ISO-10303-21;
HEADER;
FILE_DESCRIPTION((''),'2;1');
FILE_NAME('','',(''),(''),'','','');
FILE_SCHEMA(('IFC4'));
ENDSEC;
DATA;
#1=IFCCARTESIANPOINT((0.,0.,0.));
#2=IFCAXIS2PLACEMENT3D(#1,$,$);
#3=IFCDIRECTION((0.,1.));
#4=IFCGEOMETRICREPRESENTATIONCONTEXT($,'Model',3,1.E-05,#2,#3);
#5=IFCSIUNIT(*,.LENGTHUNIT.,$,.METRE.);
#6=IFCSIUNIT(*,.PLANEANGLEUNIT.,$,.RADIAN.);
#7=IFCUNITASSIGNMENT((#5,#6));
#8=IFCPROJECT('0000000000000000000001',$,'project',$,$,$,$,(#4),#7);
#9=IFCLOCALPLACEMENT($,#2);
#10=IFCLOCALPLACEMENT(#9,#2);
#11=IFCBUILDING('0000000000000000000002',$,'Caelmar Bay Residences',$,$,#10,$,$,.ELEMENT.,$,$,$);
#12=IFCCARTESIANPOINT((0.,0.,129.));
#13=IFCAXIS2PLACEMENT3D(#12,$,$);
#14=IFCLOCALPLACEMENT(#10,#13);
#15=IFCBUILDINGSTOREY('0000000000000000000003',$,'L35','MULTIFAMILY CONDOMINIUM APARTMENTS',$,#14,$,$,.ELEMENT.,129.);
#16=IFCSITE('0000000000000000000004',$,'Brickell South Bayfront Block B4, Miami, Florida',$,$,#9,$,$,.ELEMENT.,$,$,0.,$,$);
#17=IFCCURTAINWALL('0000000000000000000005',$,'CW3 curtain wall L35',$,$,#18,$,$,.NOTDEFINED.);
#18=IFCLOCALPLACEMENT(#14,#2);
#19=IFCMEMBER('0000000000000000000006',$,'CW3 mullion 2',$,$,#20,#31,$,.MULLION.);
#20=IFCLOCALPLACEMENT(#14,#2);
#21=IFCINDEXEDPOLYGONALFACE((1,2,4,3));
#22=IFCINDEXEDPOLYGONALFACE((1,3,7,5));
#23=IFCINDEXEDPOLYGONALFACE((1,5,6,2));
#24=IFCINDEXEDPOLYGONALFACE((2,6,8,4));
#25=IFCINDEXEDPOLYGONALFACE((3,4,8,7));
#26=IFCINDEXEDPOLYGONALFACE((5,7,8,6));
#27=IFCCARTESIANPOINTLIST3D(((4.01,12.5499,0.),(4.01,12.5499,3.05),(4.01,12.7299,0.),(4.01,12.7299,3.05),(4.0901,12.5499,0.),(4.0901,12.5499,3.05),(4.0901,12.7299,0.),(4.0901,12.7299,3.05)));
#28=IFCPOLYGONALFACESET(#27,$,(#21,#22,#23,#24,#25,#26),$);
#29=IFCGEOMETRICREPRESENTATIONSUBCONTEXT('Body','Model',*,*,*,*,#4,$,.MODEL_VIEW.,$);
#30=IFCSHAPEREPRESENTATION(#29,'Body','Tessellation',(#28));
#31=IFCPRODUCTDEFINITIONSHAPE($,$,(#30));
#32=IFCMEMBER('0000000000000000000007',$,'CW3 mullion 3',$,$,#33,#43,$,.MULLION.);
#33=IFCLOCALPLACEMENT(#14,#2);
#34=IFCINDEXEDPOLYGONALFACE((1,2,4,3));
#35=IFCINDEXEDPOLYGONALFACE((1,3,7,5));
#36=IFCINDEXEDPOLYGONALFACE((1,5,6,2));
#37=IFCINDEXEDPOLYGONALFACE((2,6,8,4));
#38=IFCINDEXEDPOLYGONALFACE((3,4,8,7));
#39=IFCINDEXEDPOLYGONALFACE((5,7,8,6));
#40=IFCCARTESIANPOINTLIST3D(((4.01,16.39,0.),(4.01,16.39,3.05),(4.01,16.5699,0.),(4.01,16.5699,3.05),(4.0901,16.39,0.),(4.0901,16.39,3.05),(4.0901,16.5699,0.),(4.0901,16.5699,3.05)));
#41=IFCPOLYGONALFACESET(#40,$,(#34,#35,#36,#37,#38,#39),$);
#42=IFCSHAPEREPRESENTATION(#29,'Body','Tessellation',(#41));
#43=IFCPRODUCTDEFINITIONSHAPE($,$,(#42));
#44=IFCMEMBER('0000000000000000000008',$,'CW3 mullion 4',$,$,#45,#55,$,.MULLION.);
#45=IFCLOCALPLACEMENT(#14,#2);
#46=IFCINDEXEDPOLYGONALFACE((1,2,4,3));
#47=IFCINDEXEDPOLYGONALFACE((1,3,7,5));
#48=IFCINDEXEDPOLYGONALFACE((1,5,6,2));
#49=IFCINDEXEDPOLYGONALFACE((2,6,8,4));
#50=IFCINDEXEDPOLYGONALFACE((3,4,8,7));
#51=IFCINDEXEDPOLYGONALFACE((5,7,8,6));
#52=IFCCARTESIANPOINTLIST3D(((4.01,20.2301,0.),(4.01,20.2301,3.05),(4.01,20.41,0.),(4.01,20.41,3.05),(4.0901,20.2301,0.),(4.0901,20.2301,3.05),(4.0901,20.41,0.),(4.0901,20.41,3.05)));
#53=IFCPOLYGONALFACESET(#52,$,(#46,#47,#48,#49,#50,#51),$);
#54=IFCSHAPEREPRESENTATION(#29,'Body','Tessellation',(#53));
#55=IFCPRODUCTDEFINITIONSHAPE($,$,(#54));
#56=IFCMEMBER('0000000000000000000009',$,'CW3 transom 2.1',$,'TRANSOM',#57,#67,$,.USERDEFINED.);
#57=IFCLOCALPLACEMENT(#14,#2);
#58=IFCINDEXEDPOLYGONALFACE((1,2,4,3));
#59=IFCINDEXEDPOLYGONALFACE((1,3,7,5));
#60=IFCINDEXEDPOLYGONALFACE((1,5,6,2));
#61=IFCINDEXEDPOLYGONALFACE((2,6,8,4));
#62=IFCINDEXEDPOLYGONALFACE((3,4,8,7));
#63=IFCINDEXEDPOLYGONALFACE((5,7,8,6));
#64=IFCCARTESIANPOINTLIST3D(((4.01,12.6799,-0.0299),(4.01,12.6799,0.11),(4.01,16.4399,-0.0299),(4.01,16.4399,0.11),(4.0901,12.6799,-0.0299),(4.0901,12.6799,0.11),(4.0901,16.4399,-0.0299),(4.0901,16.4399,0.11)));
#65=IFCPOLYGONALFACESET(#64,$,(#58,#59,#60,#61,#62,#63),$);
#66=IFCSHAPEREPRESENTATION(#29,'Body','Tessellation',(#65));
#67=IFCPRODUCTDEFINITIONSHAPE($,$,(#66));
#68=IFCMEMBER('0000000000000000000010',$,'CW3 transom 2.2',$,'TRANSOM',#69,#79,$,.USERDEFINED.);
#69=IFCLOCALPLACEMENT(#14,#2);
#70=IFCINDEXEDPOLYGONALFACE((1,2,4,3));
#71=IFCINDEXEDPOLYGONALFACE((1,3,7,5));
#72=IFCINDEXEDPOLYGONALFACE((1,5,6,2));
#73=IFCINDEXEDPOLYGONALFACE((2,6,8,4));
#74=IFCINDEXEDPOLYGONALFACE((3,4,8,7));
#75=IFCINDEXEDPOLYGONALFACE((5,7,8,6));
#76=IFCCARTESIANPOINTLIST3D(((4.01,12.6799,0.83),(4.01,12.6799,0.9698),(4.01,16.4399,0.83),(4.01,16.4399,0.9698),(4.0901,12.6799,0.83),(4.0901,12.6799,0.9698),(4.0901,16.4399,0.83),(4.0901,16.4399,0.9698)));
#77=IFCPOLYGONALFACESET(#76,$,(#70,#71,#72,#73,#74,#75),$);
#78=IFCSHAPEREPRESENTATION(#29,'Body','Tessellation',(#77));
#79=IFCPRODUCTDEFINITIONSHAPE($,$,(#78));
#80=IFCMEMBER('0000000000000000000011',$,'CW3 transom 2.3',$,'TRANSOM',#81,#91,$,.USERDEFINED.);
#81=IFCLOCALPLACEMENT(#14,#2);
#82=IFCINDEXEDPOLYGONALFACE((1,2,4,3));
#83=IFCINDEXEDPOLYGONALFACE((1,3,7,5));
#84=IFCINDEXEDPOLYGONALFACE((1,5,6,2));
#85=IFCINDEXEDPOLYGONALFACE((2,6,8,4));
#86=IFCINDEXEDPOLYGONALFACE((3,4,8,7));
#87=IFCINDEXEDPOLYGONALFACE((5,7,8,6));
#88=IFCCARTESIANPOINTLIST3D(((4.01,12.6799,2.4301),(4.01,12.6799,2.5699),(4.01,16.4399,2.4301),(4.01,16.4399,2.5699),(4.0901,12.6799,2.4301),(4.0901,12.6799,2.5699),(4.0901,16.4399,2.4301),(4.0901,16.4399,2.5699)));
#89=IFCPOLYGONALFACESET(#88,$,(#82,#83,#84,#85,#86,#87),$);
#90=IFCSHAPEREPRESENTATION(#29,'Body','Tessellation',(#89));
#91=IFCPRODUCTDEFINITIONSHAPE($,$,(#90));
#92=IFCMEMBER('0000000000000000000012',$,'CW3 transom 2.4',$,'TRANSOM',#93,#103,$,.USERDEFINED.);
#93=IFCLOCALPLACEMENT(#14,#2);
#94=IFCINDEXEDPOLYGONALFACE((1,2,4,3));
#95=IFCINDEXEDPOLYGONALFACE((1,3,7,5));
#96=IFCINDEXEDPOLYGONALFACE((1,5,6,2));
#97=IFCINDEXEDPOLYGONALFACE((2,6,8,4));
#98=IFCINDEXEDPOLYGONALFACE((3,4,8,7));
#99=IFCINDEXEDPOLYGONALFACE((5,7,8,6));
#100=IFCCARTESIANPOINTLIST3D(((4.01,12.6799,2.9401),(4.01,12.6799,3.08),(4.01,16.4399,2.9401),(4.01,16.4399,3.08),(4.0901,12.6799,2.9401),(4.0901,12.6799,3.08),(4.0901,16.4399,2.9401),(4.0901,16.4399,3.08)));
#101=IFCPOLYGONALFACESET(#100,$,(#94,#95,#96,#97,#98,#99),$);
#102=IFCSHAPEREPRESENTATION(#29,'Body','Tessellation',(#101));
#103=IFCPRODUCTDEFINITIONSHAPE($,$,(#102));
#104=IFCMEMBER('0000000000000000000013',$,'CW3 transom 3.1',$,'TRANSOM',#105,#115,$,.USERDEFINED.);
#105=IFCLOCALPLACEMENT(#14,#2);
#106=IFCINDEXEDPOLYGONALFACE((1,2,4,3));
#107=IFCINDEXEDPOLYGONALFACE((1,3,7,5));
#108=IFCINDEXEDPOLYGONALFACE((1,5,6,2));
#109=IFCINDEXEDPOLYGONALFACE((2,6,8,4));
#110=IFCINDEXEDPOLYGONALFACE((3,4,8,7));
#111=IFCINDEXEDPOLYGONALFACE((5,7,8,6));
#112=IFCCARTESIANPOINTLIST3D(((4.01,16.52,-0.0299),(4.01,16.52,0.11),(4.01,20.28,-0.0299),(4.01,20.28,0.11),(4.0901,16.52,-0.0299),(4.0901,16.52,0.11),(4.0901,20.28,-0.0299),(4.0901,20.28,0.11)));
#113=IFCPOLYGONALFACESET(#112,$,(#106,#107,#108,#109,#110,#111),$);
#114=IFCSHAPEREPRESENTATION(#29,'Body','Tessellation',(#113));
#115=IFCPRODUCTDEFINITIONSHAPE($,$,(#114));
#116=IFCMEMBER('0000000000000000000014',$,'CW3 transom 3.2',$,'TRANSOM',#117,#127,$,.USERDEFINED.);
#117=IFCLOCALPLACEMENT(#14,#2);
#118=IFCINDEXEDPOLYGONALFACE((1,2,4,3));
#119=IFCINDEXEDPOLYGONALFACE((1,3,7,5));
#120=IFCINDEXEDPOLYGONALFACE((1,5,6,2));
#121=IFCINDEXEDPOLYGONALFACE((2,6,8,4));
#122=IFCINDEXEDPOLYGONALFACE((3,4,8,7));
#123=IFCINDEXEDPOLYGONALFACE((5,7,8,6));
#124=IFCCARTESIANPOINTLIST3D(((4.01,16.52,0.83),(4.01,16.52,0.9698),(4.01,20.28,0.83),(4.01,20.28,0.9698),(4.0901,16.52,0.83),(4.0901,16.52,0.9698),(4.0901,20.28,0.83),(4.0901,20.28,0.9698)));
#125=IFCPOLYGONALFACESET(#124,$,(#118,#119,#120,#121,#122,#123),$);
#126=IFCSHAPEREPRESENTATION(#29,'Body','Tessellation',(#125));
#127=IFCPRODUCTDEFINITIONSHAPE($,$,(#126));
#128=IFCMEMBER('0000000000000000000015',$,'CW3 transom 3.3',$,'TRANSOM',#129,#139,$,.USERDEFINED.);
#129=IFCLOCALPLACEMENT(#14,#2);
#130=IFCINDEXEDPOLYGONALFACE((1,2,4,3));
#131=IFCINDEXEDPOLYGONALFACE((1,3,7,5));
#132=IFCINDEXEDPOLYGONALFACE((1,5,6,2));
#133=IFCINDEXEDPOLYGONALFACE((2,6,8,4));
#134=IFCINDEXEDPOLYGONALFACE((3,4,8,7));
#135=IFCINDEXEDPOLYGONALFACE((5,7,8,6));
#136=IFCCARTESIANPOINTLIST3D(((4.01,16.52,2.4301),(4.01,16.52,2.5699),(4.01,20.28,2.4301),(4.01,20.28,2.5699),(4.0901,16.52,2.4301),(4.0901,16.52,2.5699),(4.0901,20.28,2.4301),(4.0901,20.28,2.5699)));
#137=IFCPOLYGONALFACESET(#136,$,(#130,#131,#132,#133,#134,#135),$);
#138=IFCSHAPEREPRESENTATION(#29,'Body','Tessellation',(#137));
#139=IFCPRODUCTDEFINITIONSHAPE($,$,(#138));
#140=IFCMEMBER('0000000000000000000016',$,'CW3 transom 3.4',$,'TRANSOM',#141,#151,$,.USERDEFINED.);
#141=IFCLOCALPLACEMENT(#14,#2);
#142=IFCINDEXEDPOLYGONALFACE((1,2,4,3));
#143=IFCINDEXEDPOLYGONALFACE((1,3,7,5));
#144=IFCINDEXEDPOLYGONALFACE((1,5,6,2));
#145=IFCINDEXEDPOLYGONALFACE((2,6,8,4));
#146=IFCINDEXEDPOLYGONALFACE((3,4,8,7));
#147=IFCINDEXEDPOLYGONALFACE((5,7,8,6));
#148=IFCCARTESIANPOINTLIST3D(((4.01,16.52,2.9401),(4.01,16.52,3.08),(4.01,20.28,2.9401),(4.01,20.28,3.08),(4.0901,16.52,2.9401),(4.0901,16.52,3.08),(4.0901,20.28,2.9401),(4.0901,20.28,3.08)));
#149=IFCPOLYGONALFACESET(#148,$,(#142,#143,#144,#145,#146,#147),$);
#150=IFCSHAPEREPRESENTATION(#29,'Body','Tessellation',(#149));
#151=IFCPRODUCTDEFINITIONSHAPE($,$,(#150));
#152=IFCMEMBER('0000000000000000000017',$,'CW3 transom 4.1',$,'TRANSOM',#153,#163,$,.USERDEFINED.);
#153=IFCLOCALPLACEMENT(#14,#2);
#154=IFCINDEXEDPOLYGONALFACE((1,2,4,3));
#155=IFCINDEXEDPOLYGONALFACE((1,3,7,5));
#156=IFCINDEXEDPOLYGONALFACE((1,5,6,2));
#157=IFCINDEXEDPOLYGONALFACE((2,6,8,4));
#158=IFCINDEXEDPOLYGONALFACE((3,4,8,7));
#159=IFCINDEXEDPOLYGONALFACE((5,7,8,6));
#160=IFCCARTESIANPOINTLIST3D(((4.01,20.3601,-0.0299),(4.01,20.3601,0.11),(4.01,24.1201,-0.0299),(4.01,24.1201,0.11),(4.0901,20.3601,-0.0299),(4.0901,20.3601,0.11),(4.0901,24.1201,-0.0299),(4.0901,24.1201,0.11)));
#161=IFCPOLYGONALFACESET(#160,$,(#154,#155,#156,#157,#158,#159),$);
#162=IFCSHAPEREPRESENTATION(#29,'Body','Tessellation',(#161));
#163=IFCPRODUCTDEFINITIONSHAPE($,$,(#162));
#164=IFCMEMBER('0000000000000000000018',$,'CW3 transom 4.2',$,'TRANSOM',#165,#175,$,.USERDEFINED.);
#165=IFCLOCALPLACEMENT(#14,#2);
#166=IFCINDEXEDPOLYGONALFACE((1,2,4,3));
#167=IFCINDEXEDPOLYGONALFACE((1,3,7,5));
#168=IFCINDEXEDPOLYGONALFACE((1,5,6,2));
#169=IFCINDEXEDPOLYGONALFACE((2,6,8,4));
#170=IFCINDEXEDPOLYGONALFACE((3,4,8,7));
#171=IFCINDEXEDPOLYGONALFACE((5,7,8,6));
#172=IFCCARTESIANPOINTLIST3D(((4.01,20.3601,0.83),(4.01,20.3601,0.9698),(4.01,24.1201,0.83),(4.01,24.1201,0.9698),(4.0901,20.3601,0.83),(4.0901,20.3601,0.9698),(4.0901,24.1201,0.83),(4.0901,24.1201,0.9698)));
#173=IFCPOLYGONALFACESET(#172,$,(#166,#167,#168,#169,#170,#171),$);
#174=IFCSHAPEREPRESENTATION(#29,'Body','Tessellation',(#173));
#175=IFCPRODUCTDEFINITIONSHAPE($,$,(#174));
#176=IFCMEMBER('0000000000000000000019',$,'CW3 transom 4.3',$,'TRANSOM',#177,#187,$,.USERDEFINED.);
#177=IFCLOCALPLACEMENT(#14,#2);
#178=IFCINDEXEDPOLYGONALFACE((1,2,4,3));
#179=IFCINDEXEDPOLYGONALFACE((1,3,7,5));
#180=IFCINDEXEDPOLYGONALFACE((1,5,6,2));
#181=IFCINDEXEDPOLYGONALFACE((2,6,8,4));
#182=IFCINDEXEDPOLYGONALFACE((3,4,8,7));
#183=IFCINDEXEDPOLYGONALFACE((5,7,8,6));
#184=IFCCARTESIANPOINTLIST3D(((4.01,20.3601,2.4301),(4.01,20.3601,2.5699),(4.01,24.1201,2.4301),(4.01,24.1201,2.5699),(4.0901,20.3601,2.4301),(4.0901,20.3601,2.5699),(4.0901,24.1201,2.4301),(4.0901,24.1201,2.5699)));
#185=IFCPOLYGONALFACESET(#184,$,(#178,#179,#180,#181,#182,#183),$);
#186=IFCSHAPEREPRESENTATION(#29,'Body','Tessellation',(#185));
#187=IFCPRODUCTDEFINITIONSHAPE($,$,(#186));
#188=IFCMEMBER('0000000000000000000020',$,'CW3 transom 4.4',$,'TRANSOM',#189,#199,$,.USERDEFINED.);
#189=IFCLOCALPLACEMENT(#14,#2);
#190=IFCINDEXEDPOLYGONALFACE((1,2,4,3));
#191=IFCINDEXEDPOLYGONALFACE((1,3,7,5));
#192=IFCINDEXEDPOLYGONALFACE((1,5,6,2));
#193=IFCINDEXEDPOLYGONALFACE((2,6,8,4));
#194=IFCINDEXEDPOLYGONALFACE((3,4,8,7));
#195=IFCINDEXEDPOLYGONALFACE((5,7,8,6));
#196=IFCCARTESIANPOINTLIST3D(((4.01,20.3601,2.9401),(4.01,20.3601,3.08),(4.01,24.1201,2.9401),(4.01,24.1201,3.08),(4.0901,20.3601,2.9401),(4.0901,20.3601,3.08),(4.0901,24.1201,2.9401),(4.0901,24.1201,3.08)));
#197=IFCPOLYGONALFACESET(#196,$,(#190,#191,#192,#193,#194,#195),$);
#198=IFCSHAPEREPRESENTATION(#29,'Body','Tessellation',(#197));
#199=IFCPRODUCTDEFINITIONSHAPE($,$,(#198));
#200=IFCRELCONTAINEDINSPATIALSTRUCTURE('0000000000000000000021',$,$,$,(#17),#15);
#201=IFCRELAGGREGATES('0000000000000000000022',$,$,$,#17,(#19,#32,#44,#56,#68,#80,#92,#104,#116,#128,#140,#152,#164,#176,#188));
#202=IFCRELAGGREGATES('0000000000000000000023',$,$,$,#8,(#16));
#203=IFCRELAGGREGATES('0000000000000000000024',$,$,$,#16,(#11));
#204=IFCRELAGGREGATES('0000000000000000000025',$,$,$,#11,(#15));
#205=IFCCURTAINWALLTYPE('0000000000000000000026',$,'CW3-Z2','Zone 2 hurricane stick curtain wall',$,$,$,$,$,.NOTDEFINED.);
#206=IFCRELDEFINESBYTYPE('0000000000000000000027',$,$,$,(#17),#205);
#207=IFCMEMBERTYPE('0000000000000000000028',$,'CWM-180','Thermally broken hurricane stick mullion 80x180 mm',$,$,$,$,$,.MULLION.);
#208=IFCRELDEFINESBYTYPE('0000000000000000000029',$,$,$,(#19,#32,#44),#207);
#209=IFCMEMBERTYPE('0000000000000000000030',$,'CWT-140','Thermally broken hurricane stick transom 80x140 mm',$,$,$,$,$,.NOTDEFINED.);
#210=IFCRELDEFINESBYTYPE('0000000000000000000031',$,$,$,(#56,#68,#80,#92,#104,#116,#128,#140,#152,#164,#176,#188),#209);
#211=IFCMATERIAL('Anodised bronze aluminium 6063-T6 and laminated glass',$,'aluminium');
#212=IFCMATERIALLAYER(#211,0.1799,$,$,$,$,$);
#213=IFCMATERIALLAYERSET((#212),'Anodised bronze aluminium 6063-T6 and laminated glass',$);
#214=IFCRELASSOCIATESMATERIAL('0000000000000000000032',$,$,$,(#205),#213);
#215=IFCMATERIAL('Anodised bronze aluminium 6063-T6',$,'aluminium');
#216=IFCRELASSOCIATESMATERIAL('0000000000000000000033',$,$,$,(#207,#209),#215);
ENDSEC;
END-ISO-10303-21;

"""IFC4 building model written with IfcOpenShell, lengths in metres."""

from ifc_helpers import new_model, si_unit, direction, frame, origin, origin_2d, place, context, subcontext, project, spatial, rectangle, extrude, material, layer, layer_set, material_profile, profile_set, type_object, element, aggregate, save


model = new_model("IFC4")

# Units and contexts
model_context = context("Model", 3, precision=1e-05, world=origin(), true_north=direction((0.0, 1.0)))
body_context = subcontext(model_context, "Body", "Model", "MODEL_VIEW")
ifc_project = project(units=[si_unit("LENGTHUNIT", "METRE"), si_unit("PLANEANGLEUNIT", "RADIAN")], contexts=[model_context])

# Site, building, storey
site_placement = place(None, origin())
site = spatial("IfcSite", under=ifc_project, at=site_placement, Name="Brickell South Bayfront Block B4, Miami, Florida", CompositionType="ELEMENT", RefElevation=0.0)
building_placement = place(site_placement, origin())
building = spatial("IfcBuilding", under=site, at=building_placement, Name="Caelmar Bay Residences", CompositionType="ELEMENT")
storey_placement = place(building_placement, frame((0.0, 0.0, 129.0)))
storey = spatial("IfcBuildingStorey", under=building, at=storey_placement, Name="L35", Description="MULTIFAMILY CONDOMINIUM APARTMENTS", CompositionType="ELEMENT", Elevation=129.0)

# Curtain wall, members
ifc_material_1 = material(Name="Anodised bronze aluminium 6063-T6 and laminated glass", Category="aluminium")
ifc_layer_1 = layer(ifc_material_1, 0.1799)
ifc_layer_set_1 = layer_set([ifc_layer_1], Name="Anodised bronze aluminium 6063-T6 and laminated glass")
curtain_wall_type = type_object("IfcCurtainWallType", Name="CW3-Z2", Description="Zone 2 hurricane stick curtain wall", PredefinedType="NOTDEFINED", material=ifc_layer_set_1)
curtain_wall_placement = place(storey_placement, origin())
curtain_wall = element("IfcCurtainWall", 1, at=curtain_wall_placement, inside=storey, type_object=curtain_wall_type, Name="CW3 curtain wall L35", PredefinedType="NOTDEFINED")
ifc_material_2 = material(Name="Anodised bronze aluminium 6063-T6", Category="aluminium")
ifc_material_profile_1 = material_profile(ifc_material_2, rectangle(XDim=0.0801, YDim=0.1799, at=origin_2d()), Name="CWM-80X180")
ifc_profile_set_1 = profile_set([ifc_material_profile_1], Name="Anodised bronze aluminium 6063-T6")
member_type_1 = type_object("IfcMemberType", Name="CWM-180", Description="Thermally broken hurricane stick mullion 80x180 mm", PredefinedType="MULLION", material=ifc_profile_set_1)
member_1_placement = place(storey_placement, frame((4.05, 12.6399, 0.0), z_axis=(0.0, 0.0, 1.0), x_axis=(-1.0, 0.0, 0.0)))
member_1 = element("IfcMember", 2, at=member_1_placement, type_object=member_type_1, Name="CW3 mullion 2", PredefinedType="MULLION", context=body_context, shape_type="SweptSolid", body=[
    extrude(rectangle(XDim=0.0801, YDim=0.1799, at=origin_2d()), origin(), (0.0, 0.0, 1.0), 3.05),
])
member_2_placement = place(storey_placement, frame((4.05, 16.48, 0.0), z_axis=(0.0, 0.0, 1.0), x_axis=(-1.0, 0.0, 0.0)))
member_2 = element("IfcMember", 3, at=member_2_placement, type_object=member_type_1, Name="CW3 mullion 3", PredefinedType="MULLION", context=body_context, shape_type="SweptSolid", body=[
    extrude(rectangle(XDim=0.0801, YDim=0.1799, at=origin_2d()), origin(), (0.0, 0.0, 1.0), 3.05),
])
member_3_placement = place(storey_placement, frame((4.05, 20.3201, 0.0), z_axis=(0.0, 0.0, 1.0), x_axis=(-1.0, 0.0, 0.0)))
member_3 = element("IfcMember", 4, at=member_3_placement, type_object=member_type_1, Name="CW3 mullion 4", PredefinedType="MULLION", context=body_context, shape_type="SweptSolid", body=[
    extrude(rectangle(XDim=0.0801, YDim=0.1799, at=origin_2d()), origin(), (0.0, 0.0, 1.0), 3.05),
])
ifc_material_profile_2 = material_profile(ifc_material_2, rectangle(XDim=0.0801, YDim=0.1399, at=origin_2d()), Name="CWT-80X140")
ifc_profile_set_2 = profile_set([ifc_material_profile_2], Name="Anodised bronze aluminium 6063-T6")
member_type_2 = type_object("IfcMemberType", Name="CWT-140", Description="Thermally broken hurricane stick transom 80x140 mm", PredefinedType="NOTDEFINED", material=ifc_profile_set_2)
member_4_placement = place(storey_placement, frame((4.05, 12.6799, 0.04), z_axis=(0.0, 1.0, 0.0), x_axis=(-1.0, 0.0, 0.0)))
member_4 = element("IfcMember", 5, at=member_4_placement, type_object=member_type_2, Name="CW3 transom 2.1", ObjectType="TRANSOM", PredefinedType="USERDEFINED", context=body_context, shape_type="SweptSolid", body=[
    extrude(rectangle(XDim=0.0801, YDim=0.1399, at=origin_2d()), origin(), (0.0, 0.0, 1.0), 3.76),
])
member_5_placement = place(storey_placement, frame((4.05, 12.6799, 0.8999), z_axis=(0.0, 1.0, 0.0), x_axis=(-1.0, 0.0, 0.0)))
member_5 = element("IfcMember", 6, at=member_5_placement, type_object=member_type_2, Name="CW3 transom 2.2", ObjectType="TRANSOM", PredefinedType="USERDEFINED", context=body_context, shape_type="SweptSolid", body=[
    extrude(rectangle(XDim=0.0801, YDim=0.1399, at=origin_2d()), origin(), (0.0, 0.0, 1.0), 3.76),
])
member_6_placement = place(storey_placement, frame((4.05, 12.6799, 2.5), z_axis=(0.0, 1.0, 0.0), x_axis=(-1.0, 0.0, 0.0)))
member_6 = element("IfcMember", 7, at=member_6_placement, type_object=member_type_2, Name="CW3 transom 2.3", ObjectType="TRANSOM", PredefinedType="USERDEFINED", context=body_context, shape_type="SweptSolid", body=[
    extrude(rectangle(XDim=0.0801, YDim=0.1399, at=origin_2d()), origin(), (0.0, 0.0, 1.0), 3.76),
])
member_7_placement = place(storey_placement, frame((4.05, 12.6799, 3.01), z_axis=(0.0, 1.0, 0.0), x_axis=(-1.0, 0.0, 0.0)))
member_7 = element("IfcMember", 8, at=member_7_placement, type_object=member_type_2, Name="CW3 transom 2.4", ObjectType="TRANSOM", PredefinedType="USERDEFINED", context=body_context, shape_type="SweptSolid", body=[
    extrude(rectangle(XDim=0.0801, YDim=0.1399, at=origin_2d()), origin(), (0.0, 0.0, 1.0), 3.76),
])
member_8_placement = place(storey_placement, frame((4.05, 16.52, 0.04), z_axis=(0.0, 1.0, 0.0), x_axis=(-1.0, 0.0, 0.0)))
member_8 = element("IfcMember", 9, at=member_8_placement, type_object=member_type_2, Name="CW3 transom 3.1", ObjectType="TRANSOM", PredefinedType="USERDEFINED", context=body_context, shape_type="SweptSolid", body=[
    extrude(rectangle(XDim=0.0801, YDim=0.1399, at=origin_2d()), origin(), (0.0, 0.0, 1.0), 3.76),
])
member_9_placement = place(storey_placement, frame((4.05, 16.52, 0.8999), z_axis=(0.0, 1.0, 0.0), x_axis=(-1.0, 0.0, 0.0)))
member_9 = element("IfcMember", 10, at=member_9_placement, type_object=member_type_2, Name="CW3 transom 3.2", ObjectType="TRANSOM", PredefinedType="USERDEFINED", context=body_context, shape_type="SweptSolid", body=[
    extrude(rectangle(XDim=0.0801, YDim=0.1399, at=origin_2d()), origin(), (0.0, 0.0, 1.0), 3.76),
])
member_10_placement = place(storey_placement, frame((4.05, 16.52, 2.5), z_axis=(0.0, 1.0, 0.0), x_axis=(-1.0, 0.0, 0.0)))
member_10 = element("IfcMember", 11, at=member_10_placement, type_object=member_type_2, Name="CW3 transom 3.3", ObjectType="TRANSOM", PredefinedType="USERDEFINED", context=body_context, shape_type="SweptSolid", body=[
    extrude(rectangle(XDim=0.0801, YDim=0.1399, at=origin_2d()), origin(), (0.0, 0.0, 1.0), 3.76),
])
member_11_placement = place(storey_placement, frame((4.05, 16.52, 3.01), z_axis=(0.0, 1.0, 0.0), x_axis=(-1.0, 0.0, 0.0)))
member_11 = element("IfcMember", 12, at=member_11_placement, type_object=member_type_2, Name="CW3 transom 3.4", ObjectType="TRANSOM", PredefinedType="USERDEFINED", context=body_context, shape_type="SweptSolid", body=[
    extrude(rectangle(XDim=0.0801, YDim=0.1399, at=origin_2d()), origin(), (0.0, 0.0, 1.0), 3.76),
])
member_12_placement = place(storey_placement, frame((4.05, 20.3601, 0.04), z_axis=(0.0, 1.0, 0.0), x_axis=(-1.0, 0.0, 0.0)))
member_12 = element("IfcMember", 13, at=member_12_placement, type_object=member_type_2, Name="CW3 transom 4.1", ObjectType="TRANSOM", PredefinedType="USERDEFINED", context=body_context, shape_type="SweptSolid", body=[
    extrude(rectangle(XDim=0.0801, YDim=0.1399, at=origin_2d()), origin(), (0.0, 0.0, 1.0), 3.76),
])
member_13_placement = place(storey_placement, frame((4.05, 20.3601, 0.8999), z_axis=(0.0, 1.0, 0.0), x_axis=(-1.0, 0.0, 0.0)))
member_13 = element("IfcMember", 14, at=member_13_placement, type_object=member_type_2, Name="CW3 transom 4.2", ObjectType="TRANSOM", PredefinedType="USERDEFINED", context=body_context, shape_type="SweptSolid", body=[
    extrude(rectangle(XDim=0.0801, YDim=0.1399, at=origin_2d()), origin(), (0.0, 0.0, 1.0), 3.76),
])
member_14_placement = place(storey_placement, frame((4.05, 20.3601, 2.5), z_axis=(0.0, 1.0, 0.0), x_axis=(-1.0, 0.0, 0.0)))
member_14 = element("IfcMember", 15, at=member_14_placement, type_object=member_type_2, Name="CW3 transom 4.3", ObjectType="TRANSOM", PredefinedType="USERDEFINED", context=body_context, shape_type="SweptSolid", body=[
    extrude(rectangle(XDim=0.0801, YDim=0.1399, at=origin_2d()), origin(), (0.0, 0.0, 1.0), 3.76),
])
member_15_placement = place(storey_placement, frame((4.05, 20.3601, 3.01), z_axis=(0.0, 1.0, 0.0), x_axis=(-1.0, 0.0, 0.0)))
member_15 = element("IfcMember", 16, at=member_15_placement, type_object=member_type_2, Name="CW3 transom 4.4", ObjectType="TRANSOM", PredefinedType="USERDEFINED", context=body_context, shape_type="SweptSolid", body=[
    extrude(rectangle(XDim=0.0801, YDim=0.1399, at=origin_2d()), origin(), (0.0, 0.0, 1.0), 3.76),
])
aggregate(curtain_wall, [member_1, member_2, member_3, member_4, member_5, member_6, member_7, member_8, member_9, member_10, member_11, member_12, member_13, member_14, member_15])

save(model, "model.ifc")
